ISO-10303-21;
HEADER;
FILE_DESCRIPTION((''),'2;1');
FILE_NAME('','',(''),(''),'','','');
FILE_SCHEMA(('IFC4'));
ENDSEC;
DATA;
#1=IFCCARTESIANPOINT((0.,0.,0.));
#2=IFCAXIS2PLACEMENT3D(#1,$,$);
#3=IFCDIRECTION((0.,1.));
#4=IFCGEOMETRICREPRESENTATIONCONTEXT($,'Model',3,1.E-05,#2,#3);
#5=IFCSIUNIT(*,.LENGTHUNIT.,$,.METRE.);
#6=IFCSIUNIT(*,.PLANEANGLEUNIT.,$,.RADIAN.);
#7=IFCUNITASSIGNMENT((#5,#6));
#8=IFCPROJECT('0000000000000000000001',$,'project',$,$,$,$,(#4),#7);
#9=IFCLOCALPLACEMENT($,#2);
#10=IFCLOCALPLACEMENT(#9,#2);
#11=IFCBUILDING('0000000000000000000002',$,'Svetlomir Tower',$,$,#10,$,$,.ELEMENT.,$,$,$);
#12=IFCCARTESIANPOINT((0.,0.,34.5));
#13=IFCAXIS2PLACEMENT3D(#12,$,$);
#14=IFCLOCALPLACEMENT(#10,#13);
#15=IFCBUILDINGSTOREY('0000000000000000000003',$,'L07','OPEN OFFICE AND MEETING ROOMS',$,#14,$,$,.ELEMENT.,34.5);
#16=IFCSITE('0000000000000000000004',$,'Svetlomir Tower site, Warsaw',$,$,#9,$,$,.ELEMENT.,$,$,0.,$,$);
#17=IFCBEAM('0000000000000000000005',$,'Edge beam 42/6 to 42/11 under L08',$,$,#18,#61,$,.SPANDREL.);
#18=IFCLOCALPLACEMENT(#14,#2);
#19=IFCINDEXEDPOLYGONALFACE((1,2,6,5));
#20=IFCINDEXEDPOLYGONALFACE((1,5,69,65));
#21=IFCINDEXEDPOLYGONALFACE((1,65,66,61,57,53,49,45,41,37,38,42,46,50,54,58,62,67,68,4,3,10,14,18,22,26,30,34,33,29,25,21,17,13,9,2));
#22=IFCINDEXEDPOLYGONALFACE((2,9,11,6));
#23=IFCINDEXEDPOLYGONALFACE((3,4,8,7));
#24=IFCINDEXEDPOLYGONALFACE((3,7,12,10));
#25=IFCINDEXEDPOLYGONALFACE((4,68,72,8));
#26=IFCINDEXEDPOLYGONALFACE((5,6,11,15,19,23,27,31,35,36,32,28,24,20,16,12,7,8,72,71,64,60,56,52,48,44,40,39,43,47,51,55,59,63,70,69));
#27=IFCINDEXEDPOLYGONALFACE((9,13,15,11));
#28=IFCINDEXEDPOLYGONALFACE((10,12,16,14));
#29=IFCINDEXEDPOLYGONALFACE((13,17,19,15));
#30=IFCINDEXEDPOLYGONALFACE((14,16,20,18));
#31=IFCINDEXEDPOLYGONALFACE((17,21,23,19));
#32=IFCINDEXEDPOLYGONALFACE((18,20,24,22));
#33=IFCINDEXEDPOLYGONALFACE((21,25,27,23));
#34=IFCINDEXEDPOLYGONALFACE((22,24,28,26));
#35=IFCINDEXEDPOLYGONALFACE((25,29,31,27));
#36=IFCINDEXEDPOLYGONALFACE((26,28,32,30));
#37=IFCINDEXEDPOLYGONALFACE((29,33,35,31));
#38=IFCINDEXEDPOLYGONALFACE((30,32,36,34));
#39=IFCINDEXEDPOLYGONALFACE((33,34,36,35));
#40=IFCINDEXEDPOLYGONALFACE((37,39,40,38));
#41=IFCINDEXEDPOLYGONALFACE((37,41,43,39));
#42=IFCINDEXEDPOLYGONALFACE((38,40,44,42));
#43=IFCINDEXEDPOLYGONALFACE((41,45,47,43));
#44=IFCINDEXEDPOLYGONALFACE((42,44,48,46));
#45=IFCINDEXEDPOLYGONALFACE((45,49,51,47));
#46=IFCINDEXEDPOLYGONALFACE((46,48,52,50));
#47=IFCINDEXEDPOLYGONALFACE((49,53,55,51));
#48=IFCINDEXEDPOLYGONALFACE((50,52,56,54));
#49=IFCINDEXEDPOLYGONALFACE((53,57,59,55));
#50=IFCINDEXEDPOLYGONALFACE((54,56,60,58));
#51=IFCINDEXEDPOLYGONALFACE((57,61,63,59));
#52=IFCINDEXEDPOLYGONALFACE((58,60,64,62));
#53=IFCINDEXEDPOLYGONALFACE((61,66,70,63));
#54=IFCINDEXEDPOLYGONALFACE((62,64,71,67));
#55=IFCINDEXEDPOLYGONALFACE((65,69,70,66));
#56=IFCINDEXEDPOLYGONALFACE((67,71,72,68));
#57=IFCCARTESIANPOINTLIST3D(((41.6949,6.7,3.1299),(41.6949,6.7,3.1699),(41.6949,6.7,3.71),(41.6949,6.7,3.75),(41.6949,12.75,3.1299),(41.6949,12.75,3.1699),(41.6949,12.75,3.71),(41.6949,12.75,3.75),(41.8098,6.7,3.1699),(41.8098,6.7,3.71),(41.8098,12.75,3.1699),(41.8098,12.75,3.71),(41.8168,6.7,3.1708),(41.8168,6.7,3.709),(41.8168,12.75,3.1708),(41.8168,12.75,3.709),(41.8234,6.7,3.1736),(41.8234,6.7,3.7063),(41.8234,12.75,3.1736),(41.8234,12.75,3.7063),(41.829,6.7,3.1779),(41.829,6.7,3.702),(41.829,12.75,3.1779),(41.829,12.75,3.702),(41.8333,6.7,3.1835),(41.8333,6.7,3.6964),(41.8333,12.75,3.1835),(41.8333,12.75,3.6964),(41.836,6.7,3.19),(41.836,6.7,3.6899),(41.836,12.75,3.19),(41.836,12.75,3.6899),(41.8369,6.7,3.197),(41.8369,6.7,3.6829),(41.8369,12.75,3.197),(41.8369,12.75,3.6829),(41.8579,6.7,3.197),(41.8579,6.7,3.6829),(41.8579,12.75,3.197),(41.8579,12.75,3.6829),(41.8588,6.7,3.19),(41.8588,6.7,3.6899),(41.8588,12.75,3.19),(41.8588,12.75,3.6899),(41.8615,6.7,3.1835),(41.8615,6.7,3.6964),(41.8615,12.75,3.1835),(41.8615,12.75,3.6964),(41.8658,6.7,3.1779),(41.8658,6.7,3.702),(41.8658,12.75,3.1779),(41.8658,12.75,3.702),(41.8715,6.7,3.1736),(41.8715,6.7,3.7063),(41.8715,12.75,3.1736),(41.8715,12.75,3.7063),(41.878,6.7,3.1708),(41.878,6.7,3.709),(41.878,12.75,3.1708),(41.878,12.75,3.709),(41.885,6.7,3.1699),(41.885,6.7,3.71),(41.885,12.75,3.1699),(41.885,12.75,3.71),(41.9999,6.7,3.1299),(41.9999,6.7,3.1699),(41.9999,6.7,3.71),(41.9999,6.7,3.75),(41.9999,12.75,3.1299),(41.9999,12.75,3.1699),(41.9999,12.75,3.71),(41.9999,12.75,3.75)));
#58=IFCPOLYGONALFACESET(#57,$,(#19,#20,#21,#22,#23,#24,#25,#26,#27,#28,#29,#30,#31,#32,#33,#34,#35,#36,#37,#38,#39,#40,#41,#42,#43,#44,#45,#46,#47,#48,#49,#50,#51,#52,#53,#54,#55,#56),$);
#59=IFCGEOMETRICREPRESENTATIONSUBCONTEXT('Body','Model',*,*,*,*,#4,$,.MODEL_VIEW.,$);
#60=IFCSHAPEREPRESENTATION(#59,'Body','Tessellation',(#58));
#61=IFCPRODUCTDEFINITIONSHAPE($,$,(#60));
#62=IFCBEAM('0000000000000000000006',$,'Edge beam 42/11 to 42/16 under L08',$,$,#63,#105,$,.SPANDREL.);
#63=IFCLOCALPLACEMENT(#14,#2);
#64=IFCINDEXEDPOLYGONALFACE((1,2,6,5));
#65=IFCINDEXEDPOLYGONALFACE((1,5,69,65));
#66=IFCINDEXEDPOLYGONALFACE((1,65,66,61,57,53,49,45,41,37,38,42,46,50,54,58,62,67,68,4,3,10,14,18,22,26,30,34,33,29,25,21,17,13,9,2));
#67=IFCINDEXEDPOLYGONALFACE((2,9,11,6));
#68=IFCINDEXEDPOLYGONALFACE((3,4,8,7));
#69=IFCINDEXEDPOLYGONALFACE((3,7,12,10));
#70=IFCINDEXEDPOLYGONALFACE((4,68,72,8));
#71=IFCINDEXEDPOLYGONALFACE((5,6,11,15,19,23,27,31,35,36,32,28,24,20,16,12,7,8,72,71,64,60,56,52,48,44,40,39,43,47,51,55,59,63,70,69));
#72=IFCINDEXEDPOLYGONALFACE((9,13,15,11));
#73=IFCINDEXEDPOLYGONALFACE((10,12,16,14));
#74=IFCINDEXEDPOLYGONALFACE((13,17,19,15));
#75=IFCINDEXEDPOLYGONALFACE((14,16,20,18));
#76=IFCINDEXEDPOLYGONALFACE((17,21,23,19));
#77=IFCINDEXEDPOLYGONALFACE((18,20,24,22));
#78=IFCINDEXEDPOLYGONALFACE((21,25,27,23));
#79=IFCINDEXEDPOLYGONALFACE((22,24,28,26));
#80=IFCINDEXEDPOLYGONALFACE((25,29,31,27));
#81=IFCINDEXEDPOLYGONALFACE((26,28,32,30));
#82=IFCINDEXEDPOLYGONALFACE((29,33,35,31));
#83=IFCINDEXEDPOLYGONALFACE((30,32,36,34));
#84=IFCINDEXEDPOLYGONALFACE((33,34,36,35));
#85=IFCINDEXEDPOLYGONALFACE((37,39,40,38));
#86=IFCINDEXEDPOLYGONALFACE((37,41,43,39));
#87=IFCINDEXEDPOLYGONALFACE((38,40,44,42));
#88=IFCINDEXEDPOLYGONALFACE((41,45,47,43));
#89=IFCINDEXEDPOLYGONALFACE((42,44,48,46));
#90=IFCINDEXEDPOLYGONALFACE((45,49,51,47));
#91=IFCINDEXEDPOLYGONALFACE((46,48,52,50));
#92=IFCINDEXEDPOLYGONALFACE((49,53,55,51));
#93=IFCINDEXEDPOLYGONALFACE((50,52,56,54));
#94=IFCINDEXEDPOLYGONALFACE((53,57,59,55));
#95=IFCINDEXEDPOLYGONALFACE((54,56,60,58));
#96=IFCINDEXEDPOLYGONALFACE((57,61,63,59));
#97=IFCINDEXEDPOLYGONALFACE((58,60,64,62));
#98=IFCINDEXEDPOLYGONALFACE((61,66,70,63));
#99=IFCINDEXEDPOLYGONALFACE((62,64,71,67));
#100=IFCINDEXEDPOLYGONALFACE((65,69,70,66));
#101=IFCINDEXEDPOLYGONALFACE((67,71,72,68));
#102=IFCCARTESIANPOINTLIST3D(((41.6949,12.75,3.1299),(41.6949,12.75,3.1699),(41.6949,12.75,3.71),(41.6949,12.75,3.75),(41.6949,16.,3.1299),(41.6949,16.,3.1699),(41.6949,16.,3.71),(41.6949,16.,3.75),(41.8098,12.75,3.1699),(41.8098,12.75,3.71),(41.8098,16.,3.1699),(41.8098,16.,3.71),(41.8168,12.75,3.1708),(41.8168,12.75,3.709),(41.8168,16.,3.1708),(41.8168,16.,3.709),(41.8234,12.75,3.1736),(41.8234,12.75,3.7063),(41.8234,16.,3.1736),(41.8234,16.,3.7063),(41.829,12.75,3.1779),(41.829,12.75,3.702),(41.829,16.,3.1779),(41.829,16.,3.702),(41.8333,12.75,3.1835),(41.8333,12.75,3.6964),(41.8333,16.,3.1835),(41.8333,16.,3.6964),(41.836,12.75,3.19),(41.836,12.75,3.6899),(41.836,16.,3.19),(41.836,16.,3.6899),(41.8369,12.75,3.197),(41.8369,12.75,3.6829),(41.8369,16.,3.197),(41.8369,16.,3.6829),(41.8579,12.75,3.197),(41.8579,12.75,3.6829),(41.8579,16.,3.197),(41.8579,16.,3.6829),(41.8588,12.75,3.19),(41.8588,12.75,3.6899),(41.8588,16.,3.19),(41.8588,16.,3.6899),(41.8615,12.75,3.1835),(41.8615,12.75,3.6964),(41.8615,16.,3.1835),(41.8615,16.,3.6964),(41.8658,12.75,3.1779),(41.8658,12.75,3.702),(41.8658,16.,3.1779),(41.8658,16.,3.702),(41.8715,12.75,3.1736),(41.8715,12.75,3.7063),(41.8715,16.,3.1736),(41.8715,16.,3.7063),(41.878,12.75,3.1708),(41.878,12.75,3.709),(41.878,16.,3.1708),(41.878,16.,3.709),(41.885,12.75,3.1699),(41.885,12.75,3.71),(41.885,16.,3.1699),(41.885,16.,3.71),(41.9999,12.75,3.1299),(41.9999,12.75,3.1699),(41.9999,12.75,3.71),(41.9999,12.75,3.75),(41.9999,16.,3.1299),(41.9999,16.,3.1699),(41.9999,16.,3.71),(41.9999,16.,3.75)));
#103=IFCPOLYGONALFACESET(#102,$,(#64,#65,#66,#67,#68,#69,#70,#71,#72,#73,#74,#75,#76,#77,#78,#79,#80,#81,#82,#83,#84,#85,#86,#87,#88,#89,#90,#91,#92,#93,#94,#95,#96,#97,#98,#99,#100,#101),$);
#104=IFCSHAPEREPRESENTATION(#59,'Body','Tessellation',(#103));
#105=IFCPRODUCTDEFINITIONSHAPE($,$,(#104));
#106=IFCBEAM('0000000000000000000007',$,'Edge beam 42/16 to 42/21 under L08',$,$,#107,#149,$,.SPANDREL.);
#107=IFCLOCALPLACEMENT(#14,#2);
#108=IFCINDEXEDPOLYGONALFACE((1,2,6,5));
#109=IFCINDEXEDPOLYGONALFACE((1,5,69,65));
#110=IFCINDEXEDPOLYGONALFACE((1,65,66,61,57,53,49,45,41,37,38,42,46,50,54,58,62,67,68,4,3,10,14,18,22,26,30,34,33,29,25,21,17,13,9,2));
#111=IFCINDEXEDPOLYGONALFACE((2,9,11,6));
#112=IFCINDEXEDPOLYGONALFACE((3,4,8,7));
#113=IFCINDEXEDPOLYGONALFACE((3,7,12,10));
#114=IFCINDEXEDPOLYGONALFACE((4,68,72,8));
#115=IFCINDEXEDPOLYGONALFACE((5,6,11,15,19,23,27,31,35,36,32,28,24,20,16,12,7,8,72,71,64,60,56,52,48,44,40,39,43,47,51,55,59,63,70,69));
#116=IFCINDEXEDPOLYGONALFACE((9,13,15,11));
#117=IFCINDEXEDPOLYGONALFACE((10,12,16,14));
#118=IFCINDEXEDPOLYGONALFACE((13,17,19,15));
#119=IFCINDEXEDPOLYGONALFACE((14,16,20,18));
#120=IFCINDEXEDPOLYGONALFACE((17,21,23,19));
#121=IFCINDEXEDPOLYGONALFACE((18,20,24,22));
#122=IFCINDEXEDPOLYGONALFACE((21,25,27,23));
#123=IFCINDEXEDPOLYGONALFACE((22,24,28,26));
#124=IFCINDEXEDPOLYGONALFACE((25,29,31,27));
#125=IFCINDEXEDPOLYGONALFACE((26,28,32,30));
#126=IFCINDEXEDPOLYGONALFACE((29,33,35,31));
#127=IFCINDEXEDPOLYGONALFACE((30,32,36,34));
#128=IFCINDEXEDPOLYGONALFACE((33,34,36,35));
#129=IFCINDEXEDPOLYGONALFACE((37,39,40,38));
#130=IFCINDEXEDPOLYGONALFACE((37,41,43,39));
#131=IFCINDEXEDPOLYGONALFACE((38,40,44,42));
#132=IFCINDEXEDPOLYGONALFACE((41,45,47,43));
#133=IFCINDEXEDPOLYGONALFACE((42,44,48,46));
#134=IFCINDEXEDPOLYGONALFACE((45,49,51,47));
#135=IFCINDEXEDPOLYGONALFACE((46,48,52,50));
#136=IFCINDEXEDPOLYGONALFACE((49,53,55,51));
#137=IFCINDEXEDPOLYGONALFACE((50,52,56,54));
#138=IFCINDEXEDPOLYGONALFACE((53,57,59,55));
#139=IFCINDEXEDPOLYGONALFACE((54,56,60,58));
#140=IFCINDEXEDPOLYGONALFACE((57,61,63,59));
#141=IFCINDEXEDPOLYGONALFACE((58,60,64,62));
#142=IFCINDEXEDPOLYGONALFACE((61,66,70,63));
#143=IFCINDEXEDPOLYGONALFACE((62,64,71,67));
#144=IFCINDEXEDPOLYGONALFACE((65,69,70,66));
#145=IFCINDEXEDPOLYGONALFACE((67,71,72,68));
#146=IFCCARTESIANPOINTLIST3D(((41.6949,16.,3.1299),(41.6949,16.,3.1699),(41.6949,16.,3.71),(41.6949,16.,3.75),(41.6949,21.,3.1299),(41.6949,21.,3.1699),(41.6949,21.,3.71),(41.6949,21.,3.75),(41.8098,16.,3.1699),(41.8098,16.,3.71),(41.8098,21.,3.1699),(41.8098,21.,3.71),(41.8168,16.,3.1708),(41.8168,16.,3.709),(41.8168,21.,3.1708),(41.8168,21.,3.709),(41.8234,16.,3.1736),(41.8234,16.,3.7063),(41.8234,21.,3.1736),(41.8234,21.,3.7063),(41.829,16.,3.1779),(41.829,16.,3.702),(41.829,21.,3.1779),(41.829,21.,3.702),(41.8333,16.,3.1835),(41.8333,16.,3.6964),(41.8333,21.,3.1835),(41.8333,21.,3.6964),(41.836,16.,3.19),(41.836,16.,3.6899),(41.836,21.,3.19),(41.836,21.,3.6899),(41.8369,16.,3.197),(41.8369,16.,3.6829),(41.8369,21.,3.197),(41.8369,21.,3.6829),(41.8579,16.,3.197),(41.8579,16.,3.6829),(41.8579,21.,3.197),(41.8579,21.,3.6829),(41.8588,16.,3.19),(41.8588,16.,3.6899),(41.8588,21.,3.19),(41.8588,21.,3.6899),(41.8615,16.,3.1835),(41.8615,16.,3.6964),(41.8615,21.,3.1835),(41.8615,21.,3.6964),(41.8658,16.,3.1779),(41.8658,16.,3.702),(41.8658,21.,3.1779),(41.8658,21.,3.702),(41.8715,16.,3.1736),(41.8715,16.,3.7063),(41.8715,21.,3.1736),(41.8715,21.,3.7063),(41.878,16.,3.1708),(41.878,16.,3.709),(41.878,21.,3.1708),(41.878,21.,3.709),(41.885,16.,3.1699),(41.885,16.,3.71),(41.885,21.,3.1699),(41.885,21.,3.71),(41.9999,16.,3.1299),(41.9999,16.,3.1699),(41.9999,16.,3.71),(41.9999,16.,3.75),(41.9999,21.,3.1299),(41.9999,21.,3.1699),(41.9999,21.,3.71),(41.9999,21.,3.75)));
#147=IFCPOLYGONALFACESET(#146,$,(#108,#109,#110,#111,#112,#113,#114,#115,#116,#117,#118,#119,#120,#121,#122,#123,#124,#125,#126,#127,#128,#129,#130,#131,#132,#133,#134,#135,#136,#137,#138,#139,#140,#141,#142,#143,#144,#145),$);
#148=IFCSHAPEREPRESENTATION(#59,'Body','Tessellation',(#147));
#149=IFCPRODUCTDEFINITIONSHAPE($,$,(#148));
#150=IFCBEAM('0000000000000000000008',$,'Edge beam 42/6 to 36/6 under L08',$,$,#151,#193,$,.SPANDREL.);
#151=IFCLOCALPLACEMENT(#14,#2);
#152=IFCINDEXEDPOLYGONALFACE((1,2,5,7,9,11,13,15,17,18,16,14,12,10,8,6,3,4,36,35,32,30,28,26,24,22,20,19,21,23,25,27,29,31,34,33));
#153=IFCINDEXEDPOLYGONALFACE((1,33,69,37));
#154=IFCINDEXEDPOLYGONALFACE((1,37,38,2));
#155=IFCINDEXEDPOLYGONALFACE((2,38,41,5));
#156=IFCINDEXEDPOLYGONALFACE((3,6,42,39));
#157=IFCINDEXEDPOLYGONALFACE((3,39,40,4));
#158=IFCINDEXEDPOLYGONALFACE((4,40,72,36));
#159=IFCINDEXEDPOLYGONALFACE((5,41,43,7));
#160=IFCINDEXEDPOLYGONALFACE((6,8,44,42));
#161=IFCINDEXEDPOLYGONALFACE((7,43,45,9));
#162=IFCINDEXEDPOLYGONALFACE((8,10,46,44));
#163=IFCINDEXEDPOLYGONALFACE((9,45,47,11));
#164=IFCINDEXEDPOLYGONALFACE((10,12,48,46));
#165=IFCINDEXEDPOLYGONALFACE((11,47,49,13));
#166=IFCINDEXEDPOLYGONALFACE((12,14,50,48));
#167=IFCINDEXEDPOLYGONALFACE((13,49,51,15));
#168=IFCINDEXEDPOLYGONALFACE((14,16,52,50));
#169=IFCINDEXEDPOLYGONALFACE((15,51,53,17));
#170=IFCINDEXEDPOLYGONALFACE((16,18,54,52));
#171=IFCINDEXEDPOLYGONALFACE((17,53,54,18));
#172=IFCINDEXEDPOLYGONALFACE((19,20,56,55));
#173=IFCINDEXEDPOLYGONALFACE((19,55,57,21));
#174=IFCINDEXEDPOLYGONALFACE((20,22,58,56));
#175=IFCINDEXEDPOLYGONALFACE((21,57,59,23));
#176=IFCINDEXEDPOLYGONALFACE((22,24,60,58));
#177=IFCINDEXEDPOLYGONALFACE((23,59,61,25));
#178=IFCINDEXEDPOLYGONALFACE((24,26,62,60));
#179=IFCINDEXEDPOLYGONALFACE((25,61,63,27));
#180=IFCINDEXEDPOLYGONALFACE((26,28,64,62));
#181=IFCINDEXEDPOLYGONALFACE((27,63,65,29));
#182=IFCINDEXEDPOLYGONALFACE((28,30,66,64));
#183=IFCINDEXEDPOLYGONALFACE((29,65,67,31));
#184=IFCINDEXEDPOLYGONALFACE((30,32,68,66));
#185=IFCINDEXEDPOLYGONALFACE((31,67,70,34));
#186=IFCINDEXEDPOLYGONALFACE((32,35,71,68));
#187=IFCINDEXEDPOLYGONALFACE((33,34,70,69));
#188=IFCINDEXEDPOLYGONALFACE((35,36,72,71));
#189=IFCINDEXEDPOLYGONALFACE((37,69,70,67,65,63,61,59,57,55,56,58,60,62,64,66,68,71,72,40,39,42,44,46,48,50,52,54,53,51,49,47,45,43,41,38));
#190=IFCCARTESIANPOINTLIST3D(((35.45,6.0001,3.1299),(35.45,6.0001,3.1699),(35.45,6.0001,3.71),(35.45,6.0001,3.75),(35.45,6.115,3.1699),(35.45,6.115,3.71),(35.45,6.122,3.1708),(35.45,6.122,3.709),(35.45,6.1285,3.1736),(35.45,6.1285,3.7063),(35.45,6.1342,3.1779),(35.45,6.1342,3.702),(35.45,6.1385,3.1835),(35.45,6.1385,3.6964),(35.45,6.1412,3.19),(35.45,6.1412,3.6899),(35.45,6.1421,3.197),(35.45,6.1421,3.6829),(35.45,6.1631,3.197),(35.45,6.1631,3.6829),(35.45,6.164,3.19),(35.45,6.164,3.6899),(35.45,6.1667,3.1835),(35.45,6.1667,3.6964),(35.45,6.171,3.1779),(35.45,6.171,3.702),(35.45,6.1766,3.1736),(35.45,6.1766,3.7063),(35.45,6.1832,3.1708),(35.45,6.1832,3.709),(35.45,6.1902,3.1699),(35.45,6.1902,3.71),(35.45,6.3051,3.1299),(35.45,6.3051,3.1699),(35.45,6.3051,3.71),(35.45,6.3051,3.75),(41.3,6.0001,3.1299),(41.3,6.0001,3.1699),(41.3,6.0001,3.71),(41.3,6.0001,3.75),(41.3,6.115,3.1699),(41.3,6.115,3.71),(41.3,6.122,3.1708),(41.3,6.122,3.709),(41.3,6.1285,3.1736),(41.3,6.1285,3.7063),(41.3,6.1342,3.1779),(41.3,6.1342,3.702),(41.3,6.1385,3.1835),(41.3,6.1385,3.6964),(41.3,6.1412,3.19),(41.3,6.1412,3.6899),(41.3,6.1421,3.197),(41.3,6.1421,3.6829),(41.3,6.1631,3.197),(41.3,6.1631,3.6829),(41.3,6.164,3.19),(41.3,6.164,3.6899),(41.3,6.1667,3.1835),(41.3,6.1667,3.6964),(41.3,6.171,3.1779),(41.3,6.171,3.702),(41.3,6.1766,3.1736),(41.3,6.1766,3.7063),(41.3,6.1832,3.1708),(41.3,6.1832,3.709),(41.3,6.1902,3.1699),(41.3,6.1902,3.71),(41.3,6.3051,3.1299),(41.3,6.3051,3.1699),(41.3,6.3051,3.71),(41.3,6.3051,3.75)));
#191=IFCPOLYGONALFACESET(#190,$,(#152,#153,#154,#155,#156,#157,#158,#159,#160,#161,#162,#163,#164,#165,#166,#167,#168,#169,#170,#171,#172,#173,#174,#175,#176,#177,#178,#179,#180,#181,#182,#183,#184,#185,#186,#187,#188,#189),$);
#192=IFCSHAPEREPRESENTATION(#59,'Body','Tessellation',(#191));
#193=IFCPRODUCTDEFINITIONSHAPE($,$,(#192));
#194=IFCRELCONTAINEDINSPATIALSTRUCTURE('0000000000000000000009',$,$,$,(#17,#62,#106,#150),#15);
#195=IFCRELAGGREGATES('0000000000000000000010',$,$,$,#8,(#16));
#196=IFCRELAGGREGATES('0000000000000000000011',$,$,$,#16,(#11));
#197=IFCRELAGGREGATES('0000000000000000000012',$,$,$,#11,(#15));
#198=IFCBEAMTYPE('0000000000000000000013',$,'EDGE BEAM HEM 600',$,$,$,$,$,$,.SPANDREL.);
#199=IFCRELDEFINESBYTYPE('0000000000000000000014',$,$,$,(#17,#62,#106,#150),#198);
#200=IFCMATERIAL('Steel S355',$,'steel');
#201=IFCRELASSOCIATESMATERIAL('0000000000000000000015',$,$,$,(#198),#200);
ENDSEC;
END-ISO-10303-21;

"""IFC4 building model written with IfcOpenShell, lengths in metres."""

from ifc_helpers import new_model, si_unit, direction, frame, origin, origin_2d, place, context, subcontext, project, spatial, i_section, extrude, material, material_profile, profile_set, type_object, element, save


model = new_model("IFC4")

# Units and contexts
model_context = context("Model", 3, precision=1e-05, world=origin(), true_north=direction((0.0, 1.0)))
body_context = subcontext(model_context, "Body", "Model", "MODEL_VIEW")
ifc_project = project(units=[si_unit("LENGTHUNIT", "METRE"), si_unit("PLANEANGLEUNIT", "RADIAN")], contexts=[model_context])

# Site, building, storey
site_placement = place(None, origin())
site = spatial("IfcSite", under=ifc_project, at=site_placement, Name="Svetlomir Tower site, Warsaw", CompositionType="ELEMENT", RefElevation=0.0)
building_placement = place(site_placement, origin())
building = spatial("IfcBuilding", under=site, at=building_placement, Name="Svetlomir Tower", CompositionType="ELEMENT")
storey_placement = place(building_placement, frame((0.0, 0.0, 34.5)))
storey = spatial("IfcBuildingStorey", under=building, at=storey_placement, Name="L07", Description="OPEN OFFICE AND MEETING ROOMS", CompositionType="ELEMENT", Elevation=34.5)

# Beams
ifc_material_1 = material(Name="Steel S355", Category="steel")
ifc_material_profile_1 = material_profile(ifc_material_1, i_section(OverallWidth=0.3049, OverallDepth=0.6201, WebThickness=0.021, FlangeThickness=0.04, FilletRadius=0.0271, at=origin_2d()), Name="HEM 600")
ifc_profile_set_1 = profile_set([ifc_material_profile_1], Name="Steel S355")
beam_type_1 = type_object("IfcBeamType", Name="EDGE BEAM HEM 600", PredefinedType="SPANDREL", material=ifc_profile_set_1)
beam_1_placement = place(storey_placement, frame((41.8474, 6.7, 3.4399), z_axis=(0.0, 1.0, 0.0), x_axis=(-1.0, 0.0, 0.0)))
element("IfcBeam", 1, at=beam_1_placement, inside=storey, type_object=beam_type_1, Name="Edge beam 42/6 to 42/11 under L08", PredefinedType="SPANDREL", context=body_context, shape_type="SweptSolid", body=[
    extrude(i_section(OverallWidth=0.3049, OverallDepth=0.6201, WebThickness=0.021, FlangeThickness=0.04, FilletRadius=0.0271, at=origin_2d()), origin(), (0.0, 0.0, 1.0), 6.05),
])
beam_2_placement = place(storey_placement, frame((41.8474, 12.75, 3.4399), z_axis=(0.0, 1.0, 0.0), x_axis=(-1.0, 0.0, 0.0)))
element("IfcBeam", 2, at=beam_2_placement, inside=storey, type_object=beam_type_1, Name="Edge beam 42/11 to 42/16 under L08", PredefinedType="SPANDREL", context=body_context, shape_type="SweptSolid", body=[
    extrude(i_section(OverallWidth=0.3049, OverallDepth=0.6201, WebThickness=0.021, FlangeThickness=0.04, FilletRadius=0.0271, at=origin_2d()), origin(), (0.0, 0.0, 1.0), 3.25),
])
beam_3_placement = place(storey_placement, frame((41.8474, 16.0, 3.4399), z_axis=(0.0, 1.0, 0.0), x_axis=(-1.0, 0.0, 0.0)))
element("IfcBeam", 3, at=beam_3_placement, inside=storey, type_object=beam_type_1, Name="Edge beam 42/16 to 42/21 under L08", PredefinedType="SPANDREL", context=body_context, shape_type="SweptSolid", body=[
    extrude(i_section(OverallWidth=0.3049, OverallDepth=0.6201, WebThickness=0.021, FlangeThickness=0.04, FilletRadius=0.0271, at=origin_2d()), origin(), (0.0, 0.0, 1.0), 5.0),
])
beam_4_placement = place(storey_placement, frame((41.3, 6.1526, 3.4399), z_axis=(-1.0, 0.0, 0.0), x_axis=(0.0, -1.0, 0.0)))
element("IfcBeam", 4, at=beam_4_placement, inside=storey, type_object=beam_type_1, Name="Edge beam 42/6 to 36/6 under L08", PredefinedType="SPANDREL", context=body_context, shape_type="SweptSolid", body=[
    extrude(i_section(OverallWidth=0.3049, OverallDepth=0.6201, WebThickness=0.021, FlangeThickness=0.04, FilletRadius=0.0271, at=origin_2d()), origin(), (0.0, 0.0, 1.0), 5.8501),
])

save(model, "model.ifc")
